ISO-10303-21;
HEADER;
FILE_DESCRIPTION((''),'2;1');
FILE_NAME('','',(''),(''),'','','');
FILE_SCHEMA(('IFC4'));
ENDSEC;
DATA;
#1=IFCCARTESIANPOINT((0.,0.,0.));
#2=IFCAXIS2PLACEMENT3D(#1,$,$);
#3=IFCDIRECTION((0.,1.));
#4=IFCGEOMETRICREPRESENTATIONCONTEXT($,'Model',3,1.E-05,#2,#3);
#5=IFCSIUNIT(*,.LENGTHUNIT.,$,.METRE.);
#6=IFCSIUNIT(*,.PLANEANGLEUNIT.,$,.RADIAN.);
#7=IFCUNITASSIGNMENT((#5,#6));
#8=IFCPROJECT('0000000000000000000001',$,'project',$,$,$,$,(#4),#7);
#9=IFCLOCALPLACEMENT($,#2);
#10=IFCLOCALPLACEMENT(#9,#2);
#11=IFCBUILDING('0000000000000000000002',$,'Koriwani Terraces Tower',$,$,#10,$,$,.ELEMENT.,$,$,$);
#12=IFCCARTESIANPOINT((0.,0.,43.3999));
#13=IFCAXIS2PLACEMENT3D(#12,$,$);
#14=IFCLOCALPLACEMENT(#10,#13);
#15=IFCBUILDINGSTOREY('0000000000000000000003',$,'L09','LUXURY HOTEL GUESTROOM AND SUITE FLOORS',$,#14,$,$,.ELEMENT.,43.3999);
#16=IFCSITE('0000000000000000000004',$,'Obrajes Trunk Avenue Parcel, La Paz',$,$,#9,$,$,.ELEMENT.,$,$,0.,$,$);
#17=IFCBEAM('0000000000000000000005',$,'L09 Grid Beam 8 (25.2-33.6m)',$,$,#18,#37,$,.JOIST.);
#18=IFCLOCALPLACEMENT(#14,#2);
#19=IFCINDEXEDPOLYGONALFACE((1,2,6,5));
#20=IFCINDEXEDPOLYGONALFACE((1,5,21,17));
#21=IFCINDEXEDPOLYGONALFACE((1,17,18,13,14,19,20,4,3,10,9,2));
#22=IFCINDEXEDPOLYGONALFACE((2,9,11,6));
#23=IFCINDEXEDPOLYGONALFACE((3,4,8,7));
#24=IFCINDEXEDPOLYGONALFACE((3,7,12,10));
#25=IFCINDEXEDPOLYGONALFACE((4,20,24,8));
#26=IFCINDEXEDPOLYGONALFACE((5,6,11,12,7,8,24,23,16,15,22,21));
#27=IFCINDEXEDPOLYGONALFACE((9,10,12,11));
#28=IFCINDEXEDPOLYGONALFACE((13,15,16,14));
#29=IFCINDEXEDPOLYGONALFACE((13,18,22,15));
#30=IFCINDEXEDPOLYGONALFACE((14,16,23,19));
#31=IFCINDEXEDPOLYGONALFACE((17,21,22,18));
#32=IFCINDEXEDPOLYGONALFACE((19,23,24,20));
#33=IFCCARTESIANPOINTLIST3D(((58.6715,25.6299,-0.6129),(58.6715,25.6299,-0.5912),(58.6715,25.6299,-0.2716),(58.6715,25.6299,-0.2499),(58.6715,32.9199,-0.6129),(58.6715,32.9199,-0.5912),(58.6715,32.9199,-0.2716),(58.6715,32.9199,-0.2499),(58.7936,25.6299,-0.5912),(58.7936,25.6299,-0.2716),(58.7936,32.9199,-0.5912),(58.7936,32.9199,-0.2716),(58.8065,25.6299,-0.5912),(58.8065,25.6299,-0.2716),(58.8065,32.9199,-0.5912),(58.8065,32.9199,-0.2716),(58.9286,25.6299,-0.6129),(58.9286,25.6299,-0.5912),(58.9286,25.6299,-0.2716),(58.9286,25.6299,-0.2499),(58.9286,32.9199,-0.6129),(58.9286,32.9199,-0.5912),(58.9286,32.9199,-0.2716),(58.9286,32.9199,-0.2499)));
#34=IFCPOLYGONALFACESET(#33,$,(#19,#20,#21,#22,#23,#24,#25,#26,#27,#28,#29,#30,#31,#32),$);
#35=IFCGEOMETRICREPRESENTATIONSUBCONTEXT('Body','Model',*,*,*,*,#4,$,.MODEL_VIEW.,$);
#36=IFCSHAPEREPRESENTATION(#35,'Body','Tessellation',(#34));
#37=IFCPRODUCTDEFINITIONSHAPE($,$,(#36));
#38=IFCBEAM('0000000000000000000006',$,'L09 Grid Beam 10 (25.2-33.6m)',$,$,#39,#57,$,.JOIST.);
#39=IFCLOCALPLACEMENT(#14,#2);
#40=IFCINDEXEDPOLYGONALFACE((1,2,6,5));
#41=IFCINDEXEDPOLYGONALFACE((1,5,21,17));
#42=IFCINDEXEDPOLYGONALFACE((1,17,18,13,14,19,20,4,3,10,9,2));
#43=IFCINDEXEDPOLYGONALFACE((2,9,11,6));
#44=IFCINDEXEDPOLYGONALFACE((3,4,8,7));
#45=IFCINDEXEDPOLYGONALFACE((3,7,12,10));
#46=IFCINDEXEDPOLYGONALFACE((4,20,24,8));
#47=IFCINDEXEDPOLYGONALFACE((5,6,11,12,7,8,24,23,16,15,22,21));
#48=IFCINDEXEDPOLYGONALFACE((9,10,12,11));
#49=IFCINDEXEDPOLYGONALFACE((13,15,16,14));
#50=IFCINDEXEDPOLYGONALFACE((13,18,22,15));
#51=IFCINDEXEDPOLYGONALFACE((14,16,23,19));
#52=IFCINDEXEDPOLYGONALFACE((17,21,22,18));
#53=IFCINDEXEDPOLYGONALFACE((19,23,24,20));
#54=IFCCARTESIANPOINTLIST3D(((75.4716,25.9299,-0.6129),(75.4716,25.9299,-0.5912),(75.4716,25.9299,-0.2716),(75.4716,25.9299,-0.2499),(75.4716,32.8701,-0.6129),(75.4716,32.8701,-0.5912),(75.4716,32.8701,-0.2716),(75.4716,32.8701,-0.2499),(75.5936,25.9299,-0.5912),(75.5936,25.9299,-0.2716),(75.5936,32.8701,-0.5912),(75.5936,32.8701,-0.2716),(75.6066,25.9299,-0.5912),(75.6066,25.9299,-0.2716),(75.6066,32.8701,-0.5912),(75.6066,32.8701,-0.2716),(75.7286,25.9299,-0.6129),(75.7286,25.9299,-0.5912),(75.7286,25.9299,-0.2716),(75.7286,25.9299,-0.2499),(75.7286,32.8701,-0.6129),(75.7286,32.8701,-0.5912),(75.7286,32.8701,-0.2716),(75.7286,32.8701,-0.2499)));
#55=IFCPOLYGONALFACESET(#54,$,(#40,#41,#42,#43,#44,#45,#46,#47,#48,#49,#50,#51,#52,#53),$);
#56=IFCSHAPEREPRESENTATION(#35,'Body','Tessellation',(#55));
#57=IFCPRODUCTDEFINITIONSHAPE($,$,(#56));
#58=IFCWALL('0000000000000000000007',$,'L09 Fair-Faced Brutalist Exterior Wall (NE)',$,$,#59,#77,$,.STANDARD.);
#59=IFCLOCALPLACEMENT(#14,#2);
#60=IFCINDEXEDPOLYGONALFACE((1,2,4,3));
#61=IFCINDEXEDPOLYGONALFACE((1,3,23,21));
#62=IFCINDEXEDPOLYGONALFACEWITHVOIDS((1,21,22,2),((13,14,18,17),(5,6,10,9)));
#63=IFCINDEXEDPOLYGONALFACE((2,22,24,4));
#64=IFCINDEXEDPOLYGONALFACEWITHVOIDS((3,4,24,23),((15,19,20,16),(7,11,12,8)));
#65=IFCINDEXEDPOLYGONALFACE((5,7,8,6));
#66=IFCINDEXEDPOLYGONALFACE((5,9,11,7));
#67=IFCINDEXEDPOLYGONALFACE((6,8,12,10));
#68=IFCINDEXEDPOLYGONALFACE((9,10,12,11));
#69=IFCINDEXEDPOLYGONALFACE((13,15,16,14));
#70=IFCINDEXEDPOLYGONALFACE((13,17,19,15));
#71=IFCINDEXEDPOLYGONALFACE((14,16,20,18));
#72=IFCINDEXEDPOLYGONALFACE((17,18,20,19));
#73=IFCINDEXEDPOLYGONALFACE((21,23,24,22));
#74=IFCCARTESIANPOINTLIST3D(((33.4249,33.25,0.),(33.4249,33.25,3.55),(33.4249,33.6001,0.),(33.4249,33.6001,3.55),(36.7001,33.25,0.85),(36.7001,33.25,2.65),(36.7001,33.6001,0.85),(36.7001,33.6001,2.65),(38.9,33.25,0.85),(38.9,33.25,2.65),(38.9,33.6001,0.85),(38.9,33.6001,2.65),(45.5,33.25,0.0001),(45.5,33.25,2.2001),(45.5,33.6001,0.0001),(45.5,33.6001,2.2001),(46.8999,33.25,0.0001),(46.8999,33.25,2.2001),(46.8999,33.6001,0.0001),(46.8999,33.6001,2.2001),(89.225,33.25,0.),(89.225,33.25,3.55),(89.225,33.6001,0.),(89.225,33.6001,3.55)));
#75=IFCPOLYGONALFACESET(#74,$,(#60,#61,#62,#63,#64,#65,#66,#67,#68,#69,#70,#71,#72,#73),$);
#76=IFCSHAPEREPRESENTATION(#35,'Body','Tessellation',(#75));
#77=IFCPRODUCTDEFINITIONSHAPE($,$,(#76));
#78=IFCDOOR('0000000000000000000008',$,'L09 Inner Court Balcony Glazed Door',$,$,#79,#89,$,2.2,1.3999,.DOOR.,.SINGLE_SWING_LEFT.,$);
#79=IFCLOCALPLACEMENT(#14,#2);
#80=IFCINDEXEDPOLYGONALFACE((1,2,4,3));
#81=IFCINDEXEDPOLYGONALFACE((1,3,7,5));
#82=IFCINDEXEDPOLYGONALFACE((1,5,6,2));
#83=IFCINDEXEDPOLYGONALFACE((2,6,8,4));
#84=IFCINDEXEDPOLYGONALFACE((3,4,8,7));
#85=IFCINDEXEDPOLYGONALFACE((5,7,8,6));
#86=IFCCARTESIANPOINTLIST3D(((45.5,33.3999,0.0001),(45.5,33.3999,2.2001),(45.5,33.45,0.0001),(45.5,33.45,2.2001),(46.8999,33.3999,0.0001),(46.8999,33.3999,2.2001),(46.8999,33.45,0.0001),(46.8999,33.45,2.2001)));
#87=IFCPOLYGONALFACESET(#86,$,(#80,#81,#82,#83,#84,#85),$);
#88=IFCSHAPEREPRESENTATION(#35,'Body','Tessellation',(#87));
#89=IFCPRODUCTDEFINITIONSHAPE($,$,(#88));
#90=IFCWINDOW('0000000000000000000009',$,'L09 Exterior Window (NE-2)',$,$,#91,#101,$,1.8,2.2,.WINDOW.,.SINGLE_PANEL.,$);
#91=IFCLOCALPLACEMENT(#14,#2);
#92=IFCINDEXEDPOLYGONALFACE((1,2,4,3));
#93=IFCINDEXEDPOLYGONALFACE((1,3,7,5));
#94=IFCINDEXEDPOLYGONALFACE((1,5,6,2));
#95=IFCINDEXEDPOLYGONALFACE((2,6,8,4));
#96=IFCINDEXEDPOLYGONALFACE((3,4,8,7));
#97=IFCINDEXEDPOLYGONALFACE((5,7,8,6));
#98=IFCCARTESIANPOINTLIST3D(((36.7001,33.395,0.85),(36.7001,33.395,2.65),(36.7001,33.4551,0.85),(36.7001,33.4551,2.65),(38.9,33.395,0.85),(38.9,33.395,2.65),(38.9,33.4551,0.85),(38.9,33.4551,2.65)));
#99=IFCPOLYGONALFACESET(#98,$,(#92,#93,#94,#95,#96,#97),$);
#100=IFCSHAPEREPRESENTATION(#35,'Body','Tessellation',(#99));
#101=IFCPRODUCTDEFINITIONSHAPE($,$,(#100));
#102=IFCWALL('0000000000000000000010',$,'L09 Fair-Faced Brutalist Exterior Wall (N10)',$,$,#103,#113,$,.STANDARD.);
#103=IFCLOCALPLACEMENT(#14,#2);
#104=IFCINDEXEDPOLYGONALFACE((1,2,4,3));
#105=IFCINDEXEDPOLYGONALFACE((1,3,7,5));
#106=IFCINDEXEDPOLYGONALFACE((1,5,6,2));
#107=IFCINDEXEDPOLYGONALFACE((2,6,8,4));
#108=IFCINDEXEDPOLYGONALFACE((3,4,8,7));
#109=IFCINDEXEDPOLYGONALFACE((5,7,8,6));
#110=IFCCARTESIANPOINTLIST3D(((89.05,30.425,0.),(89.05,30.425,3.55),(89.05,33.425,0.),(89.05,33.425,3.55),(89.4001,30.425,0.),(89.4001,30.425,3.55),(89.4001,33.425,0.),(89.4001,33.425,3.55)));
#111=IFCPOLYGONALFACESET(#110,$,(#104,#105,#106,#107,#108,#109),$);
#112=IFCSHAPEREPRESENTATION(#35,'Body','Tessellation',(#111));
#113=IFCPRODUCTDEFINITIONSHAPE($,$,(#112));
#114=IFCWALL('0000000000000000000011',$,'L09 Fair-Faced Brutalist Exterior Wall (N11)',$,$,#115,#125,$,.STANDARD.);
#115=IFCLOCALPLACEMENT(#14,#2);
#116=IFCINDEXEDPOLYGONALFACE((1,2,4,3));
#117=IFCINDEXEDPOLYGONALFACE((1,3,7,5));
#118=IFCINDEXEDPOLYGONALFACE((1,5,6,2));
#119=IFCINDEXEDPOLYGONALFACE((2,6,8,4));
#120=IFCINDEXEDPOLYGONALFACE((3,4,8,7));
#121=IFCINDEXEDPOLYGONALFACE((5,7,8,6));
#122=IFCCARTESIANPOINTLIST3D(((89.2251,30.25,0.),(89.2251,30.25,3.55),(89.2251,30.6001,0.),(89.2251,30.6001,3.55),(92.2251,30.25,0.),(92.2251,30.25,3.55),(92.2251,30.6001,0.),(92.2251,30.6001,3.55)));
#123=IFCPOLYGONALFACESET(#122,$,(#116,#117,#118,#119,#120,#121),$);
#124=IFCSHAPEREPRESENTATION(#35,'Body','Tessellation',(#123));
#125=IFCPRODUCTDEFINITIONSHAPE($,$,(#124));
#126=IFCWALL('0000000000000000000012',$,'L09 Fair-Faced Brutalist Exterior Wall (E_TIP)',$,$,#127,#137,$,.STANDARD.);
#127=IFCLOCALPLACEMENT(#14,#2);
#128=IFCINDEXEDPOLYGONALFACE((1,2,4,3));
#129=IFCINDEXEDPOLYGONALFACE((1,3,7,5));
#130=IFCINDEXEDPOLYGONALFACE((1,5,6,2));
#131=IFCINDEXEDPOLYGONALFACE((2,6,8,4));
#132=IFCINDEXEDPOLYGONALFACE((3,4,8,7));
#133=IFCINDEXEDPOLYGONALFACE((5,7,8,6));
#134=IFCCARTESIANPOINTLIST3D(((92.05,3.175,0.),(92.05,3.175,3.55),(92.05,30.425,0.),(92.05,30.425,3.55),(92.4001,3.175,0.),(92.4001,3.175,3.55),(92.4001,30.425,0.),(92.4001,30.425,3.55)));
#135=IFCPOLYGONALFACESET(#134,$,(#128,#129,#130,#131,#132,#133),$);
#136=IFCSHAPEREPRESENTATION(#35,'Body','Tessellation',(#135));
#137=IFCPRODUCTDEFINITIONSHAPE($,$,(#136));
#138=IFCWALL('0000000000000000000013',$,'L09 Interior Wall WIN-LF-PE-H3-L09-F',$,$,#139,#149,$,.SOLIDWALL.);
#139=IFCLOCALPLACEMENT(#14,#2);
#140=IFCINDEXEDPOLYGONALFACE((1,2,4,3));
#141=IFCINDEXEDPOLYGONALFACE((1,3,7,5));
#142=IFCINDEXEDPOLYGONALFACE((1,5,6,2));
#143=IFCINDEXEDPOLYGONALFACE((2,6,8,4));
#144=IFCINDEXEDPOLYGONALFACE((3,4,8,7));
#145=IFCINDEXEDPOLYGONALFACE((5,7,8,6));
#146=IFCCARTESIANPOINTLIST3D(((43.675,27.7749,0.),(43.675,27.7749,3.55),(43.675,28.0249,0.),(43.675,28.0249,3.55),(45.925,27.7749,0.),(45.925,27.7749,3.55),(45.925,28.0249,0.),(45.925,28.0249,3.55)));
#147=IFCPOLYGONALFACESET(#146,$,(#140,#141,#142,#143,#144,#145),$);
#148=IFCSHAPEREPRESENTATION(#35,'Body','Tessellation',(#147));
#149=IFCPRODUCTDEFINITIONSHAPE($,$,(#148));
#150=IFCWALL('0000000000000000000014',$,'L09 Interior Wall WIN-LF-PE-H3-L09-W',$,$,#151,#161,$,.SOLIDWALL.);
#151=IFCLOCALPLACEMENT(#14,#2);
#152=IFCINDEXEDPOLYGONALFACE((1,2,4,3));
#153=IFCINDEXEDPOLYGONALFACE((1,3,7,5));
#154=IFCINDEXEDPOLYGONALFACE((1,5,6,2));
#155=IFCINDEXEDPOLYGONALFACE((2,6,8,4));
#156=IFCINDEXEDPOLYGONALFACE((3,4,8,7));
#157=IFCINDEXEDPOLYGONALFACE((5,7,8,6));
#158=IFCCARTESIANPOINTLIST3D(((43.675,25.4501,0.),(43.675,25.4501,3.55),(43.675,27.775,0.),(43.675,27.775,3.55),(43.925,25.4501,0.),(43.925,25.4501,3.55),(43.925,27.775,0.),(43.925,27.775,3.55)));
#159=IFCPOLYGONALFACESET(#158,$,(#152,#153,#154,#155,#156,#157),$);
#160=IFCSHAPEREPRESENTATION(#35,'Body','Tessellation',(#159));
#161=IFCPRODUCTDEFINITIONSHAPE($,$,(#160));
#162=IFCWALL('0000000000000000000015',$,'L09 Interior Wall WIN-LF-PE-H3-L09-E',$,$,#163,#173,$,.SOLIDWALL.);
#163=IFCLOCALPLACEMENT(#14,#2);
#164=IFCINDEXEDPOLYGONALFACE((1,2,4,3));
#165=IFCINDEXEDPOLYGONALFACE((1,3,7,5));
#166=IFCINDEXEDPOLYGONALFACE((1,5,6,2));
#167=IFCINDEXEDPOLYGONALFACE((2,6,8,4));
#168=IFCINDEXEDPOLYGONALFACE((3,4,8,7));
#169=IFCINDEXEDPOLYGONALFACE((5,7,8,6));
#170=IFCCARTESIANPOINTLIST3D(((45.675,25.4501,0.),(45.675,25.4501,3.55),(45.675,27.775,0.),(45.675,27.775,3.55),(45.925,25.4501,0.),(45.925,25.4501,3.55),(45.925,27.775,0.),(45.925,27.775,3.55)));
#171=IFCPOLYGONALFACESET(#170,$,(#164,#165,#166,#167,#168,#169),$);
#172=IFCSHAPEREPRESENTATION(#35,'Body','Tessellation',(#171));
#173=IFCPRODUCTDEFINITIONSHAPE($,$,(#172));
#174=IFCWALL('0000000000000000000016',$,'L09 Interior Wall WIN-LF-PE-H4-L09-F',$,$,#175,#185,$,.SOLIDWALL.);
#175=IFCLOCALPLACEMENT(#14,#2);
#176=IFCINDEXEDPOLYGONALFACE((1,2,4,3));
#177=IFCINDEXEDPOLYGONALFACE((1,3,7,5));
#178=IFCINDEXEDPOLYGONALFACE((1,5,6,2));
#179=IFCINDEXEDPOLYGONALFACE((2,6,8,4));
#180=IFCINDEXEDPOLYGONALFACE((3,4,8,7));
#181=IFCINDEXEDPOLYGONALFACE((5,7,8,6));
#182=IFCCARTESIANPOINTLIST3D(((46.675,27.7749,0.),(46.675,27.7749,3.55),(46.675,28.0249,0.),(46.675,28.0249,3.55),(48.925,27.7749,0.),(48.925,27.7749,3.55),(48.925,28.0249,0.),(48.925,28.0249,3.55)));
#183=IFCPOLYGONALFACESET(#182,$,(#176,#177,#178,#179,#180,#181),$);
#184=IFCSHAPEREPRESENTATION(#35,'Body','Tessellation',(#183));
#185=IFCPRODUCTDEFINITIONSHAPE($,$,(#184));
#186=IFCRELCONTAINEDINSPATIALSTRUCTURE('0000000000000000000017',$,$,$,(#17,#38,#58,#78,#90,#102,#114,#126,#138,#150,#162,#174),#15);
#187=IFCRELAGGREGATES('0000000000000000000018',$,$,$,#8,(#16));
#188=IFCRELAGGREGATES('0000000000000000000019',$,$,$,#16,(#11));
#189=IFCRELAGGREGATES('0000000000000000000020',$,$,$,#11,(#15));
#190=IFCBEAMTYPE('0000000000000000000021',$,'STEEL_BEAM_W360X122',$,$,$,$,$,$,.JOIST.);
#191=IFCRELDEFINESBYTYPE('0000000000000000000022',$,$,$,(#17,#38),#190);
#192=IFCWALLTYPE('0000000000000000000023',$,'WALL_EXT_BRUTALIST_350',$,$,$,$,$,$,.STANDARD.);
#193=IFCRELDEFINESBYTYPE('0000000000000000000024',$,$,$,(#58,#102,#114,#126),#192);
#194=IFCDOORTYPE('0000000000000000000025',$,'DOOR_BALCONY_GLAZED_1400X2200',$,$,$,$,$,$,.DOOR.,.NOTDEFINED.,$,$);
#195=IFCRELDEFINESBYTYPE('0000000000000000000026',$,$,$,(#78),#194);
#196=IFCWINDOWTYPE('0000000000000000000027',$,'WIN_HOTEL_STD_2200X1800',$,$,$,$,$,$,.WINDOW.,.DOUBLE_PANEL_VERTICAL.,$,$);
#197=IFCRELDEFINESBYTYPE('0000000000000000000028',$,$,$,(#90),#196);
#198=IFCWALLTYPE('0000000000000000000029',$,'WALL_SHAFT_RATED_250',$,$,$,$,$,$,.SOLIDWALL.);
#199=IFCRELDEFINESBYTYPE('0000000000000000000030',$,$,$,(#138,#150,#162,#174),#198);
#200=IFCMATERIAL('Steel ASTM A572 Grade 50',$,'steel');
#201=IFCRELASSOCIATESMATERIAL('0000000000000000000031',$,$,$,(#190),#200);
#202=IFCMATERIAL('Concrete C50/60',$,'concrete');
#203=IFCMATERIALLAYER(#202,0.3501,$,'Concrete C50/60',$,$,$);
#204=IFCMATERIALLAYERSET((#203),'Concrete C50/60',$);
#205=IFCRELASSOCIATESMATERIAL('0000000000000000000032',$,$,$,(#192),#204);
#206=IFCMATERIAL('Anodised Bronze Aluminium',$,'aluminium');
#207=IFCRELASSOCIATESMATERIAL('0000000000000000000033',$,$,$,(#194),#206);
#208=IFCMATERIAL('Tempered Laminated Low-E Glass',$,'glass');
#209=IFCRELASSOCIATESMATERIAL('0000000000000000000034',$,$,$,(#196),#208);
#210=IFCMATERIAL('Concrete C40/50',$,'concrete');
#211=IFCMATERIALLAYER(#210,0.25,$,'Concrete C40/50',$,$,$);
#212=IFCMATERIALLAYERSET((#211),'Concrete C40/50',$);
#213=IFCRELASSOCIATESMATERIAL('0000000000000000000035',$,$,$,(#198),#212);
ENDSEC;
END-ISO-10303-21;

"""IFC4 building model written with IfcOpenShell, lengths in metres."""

from ifc_helpers import new_model, si_unit, direction, frame, frame_2d, origin, origin_2d, place, context, subcontext, project, spatial, rectangle, i_section, extrude, material, layer, layer_set, material_profile, profile_set, type_object, element, fill, save


model = new_model("IFC4")

# Units and contexts
model_context = context("Model", 3, precision=1e-05, world=origin(), true_north=direction((0.0, 1.0)))
body_context = subcontext(model_context, "Body", "Model", "MODEL_VIEW")
ifc_project = project(units=[si_unit("LENGTHUNIT", "METRE"), si_unit("PLANEANGLEUNIT", "RADIAN")], contexts=[model_context])

# Site, building, storey
site_placement = place(None, origin())
site = spatial("IfcSite", under=ifc_project, at=site_placement, Name="Obrajes Trunk Avenue Parcel, La Paz", CompositionType="ELEMENT", RefElevation=0.0)
building_placement = place(site_placement, origin())
building = spatial("IfcBuilding", under=site, at=building_placement, Name="Koriwani Terraces Tower", CompositionType="ELEMENT")
storey_placement = place(building_placement, frame((0.0, 0.0, 43.3999)))
storey = spatial("IfcBuildingStorey", under=building, at=storey_placement, Name="L09", Description="LUXURY HOTEL GUESTROOM AND SUITE FLOORS", CompositionType="ELEMENT", Elevation=43.3999)

# Beams
ifc_material_1 = material(Name="Concrete C50/60", Category="concrete")
ifc_material_2 = material(Name="Steel ASTM A572 Grade 50", Category="steel")
ifc_material_profile_1 = material_profile(ifc_material_2, i_section(OverallWidth=0.2571, OverallDepth=0.363, WebThickness=0.0129, FlangeThickness=0.0217, at=origin_2d()), Name="Steel ASTM A572 Grade 50", Category="LoadBearing")
ifc_profile_set_1 = profile_set([ifc_material_profile_1], Name="Steel ASTM A572 Grade 50")
beam_type_1 = type_object("IfcBeamType", Name="STEEL_BEAM_W360X122", PredefinedType="JOIST", material=ifc_profile_set_1)
for number, where, z_axis, x_axis, name in (
    (1, (58.8, 25.6299, -0.4314), (0.0, 1.0, 0.0), (-1.0, 0.0, 0.0), "L09 Grid Beam 8 (25.2-33.6m)"),
):
    element("IfcBeam", number, at=place(storey_placement, frame(where, z_axis=z_axis, x_axis=x_axis)), inside=storey, type_object=beam_type_1, Name=name, PredefinedType="JOIST", context=body_context, shape_type="SweptSolid", body=[
        extrude(i_section(OverallWidth=0.2571, OverallDepth=0.363, WebThickness=0.0129, FlangeThickness=0.0217, at=origin_2d()), origin(), (0.0, 0.0, 1.0), 7.29),
    ])
beam_1_placement = place(storey_placement, frame((75.6001, 25.9299, -0.4314), z_axis=(0.0, 1.0, 0.0), x_axis=(-1.0, 0.0, 0.0)))
element("IfcBeam", 2, at=beam_1_placement, inside=storey, type_object=beam_type_1, Name="L09 Grid Beam 10 (25.2-33.6m)", PredefinedType="JOIST", context=body_context, shape_type="SweptSolid", body=[
    extrude(i_section(OverallWidth=0.2571, OverallDepth=0.363, WebThickness=0.0129, FlangeThickness=0.0217, at=origin_2d()), origin(), (0.0, 0.0, 1.0), 6.9402),
])

# Wall, openings, door, window
ifc_layer_1 = layer(ifc_material_1, 0.3501, Name="Concrete C50/60")
ifc_layer_set_1 = layer_set([ifc_layer_1], Name="Concrete C50/60")
wall_type_1 = type_object("IfcWallType", Name="WALL_EXT_BRUTALIST_350", PredefinedType="STANDARD", material=ifc_layer_set_1)
wall_1_placement = place(storey_placement, frame((33.425, 33.425, 0.0), z_axis=(0.0, 0.0, 1.0), x_axis=(1.0, 0.0, 0.0)))
wall_1 = element("IfcWall", 3, at=wall_1_placement, inside=storey, type_object=wall_type_1, Name="L09 Fair-Faced Brutalist Exterior Wall (NE)", PredefinedType="STANDARD", context=body_context, shape_type="SweptSolid", body=[
    extrude(rectangle(XDim=55.8, YDim=0.3501, at=frame_2d((27.8999, 0.0))), origin(), (0.0, 0.0, 1.0), 3.55),
])
opening_1_placement = place(wall_1_placement, frame((12.075, 0.0, 0.0)))
opening_1 = element("IfcOpeningElement", 4, at=opening_1_placement, cuts=wall_1, PredefinedType="OPENING", context=body_context, shape_type="SweptSolid", body=[
    extrude(rectangle(XDim=1.3999, YDim=2.2, at=frame_2d((0.7, 1.1001))), frame((0.0, 0.1851, 0.0), z_axis=(0.0, -1.0, 0.0), x_axis=(1.0, 0.0, 0.0)), (0.0, 0.0, 1.0), 0.3701),
])
opening_2_placement = place(wall_1_placement, frame((3.2749, 0.0, 0.8501)))
opening_2 = element("IfcOpeningElement", 5, at=opening_2_placement, cuts=wall_1, PredefinedType="OPENING", context=body_context, shape_type="SweptSolid", body=[
    extrude(rectangle(XDim=2.2, YDim=1.8, at=frame_2d((1.1001, 0.8999))), frame((0.0, 0.1851, 0.0), z_axis=(0.0, -1.0, 0.0), x_axis=(1.0, 0.0, 0.0)), (0.0, 0.0, 1.0), 0.3701),
])
ifc_material_3 = material(Name="Anodised Bronze Aluminium", Category="aluminium")
door_type = type_object("IfcDoorType", Name="DOOR_BALCONY_GLAZED_1400X2200", OperationType="NOTDEFINED", PredefinedType="DOOR", material=ifc_material_3)
door_placement = place(opening_1_placement, origin())
door = element("IfcDoor", 6, at=door_placement, inside=storey, type_object=door_type, Name="L09 Inner Court Balcony Glazed Door", OperationType="SINGLE_SWING_LEFT", OverallHeight=2.2, OverallWidth=1.3999, PredefinedType="DOOR", context=body_context, shape_type="SweptSolid", body=[
    extrude(rectangle(XDim=1.3999, YDim=2.2, at=frame_2d((0.7, 1.1001))), frame((0.0, 0.0249, 0.0), z_axis=(0.0, -1.0, 0.0), x_axis=(1.0, 0.0, 0.0)), (0.0, 0.0, 1.0), 0.05),
])
fill(opening_1, door)
ifc_material_4 = material(Name="Tempered Laminated Low-E Glass", Category="glass")
window_type = type_object("IfcWindowType", Name="WIN_HOTEL_STD_2200X1800", PartitioningType="DOUBLE_PANEL_VERTICAL", PredefinedType="WINDOW", material=ifc_material_4)
window_placement = place(opening_2_placement, origin())
window = element("IfcWindow", 7, at=window_placement, inside=storey, type_object=window_type, Name="L09 Exterior Window (NE-2)", OverallHeight=1.8, OverallWidth=2.2, PartitioningType="SINGLE_PANEL", PredefinedType="WINDOW", context=body_context, shape_type="SweptSolid", body=[
    extrude(rectangle(XDim=2.2, YDim=1.8, at=frame_2d((1.1001, 0.8999))), frame((0.0, 0.03, 0.0), z_axis=(0.0, -1.0, 0.0), x_axis=(1.0, 0.0, 0.0)), (0.0, 0.0, 1.0), 0.0601),
])
fill(opening_2, window)

# Walls
for number, where, z_axis, x_axis, name in (
    (8, (89.2251, 33.425, 0.0), (0.0, 0.0, 1.0), (0.0, -1.0, 0.0), "L09 Fair-Faced Brutalist Exterior Wall (N10)"),
    (9, (89.2251, 30.425, 0.0), (0.0, 0.0, 1.0), (1.0, 0.0, 0.0), "L09 Fair-Faced Brutalist Exterior Wall (N11)"),
):
    element("IfcWall", number, at=place(storey_placement, frame(where, z_axis=z_axis, x_axis=x_axis)), inside=storey, type_object=wall_type_1, Name=name, PredefinedType="STANDARD", context=body_context, shape_type="SweptSolid", body=[
        extrude(rectangle(XDim=3.0, YDim=0.3501, at=frame_2d((1.5, 0.0))), origin(), (0.0, 0.0, 1.0), 3.55),
    ])
wall_2_placement = place(storey_placement, frame((92.2251, 30.425, 0.0), z_axis=(0.0, 0.0, 1.0), x_axis=(0.0, -1.0, 0.0)))
element("IfcWall", 10, at=wall_2_placement, inside=storey, type_object=wall_type_1, Name="L09 Fair-Faced Brutalist Exterior Wall (E_TIP)", PredefinedType="STANDARD", context=body_context, shape_type="SweptSolid", body=[
    extrude(rectangle(XDim=27.25, YDim=0.3501, at=frame_2d((13.625, 0.0))), origin(), (0.0, 0.0, 1.0), 3.55),
])
ifc_material_5 = material(Name="Concrete C40/50", Category="concrete")
ifc_layer_2 = layer(ifc_material_5, 0.25, Name="Concrete C40/50")
ifc_layer_set_2 = layer_set([ifc_layer_2], Name="Concrete C40/50")
wall_type_2 = type_object("IfcWallType", Name="WALL_SHAFT_RATED_250", PredefinedType="SOLIDWALL", material=ifc_layer_set_2)
wall_3_placement = place(storey_placement, frame((43.675, 27.8999, 0.0), z_axis=(0.0, 0.0, 1.0), x_axis=(1.0, 0.0, 0.0)))
element("IfcWall", 11, at=wall_3_placement, inside=storey, type_object=wall_type_2, Name="L09 Interior Wall WIN-LF-PE-H3-L09-F", PredefinedType="SOLIDWALL", context=body_context, shape_type="SweptSolid", body=[
    extrude(rectangle(XDim=2.25, YDim=0.25, at=frame_2d((1.125, 0.0))), origin(), (0.0, 0.0, 1.0), 3.55),
])
for number, where, z_axis, x_axis, name in (
    (12, (43.8, 25.45, 0.0), (0.0, 0.0, 1.0), (0.0, 1.0, 0.0), "L09 Interior Wall WIN-LF-PE-H3-L09-W"),
    (13, (45.8, 25.45, 0.0), (0.0, 0.0, 1.0), (0.0, 1.0, 0.0), "L09 Interior Wall WIN-LF-PE-H3-L09-E"),
):
    element("IfcWall", number, at=place(storey_placement, frame(where, z_axis=z_axis, x_axis=x_axis)), inside=storey, type_object=wall_type_2, Name=name, PredefinedType="SOLIDWALL", context=body_context, shape_type="SweptSolid", body=[
        extrude(rectangle(XDim=2.325, YDim=0.25, at=frame_2d((1.1626, 0.0))), origin(), (0.0, 0.0, 1.0), 3.55),
    ])
wall_4_placement = place(storey_placement, frame((46.675, 27.8999, 0.0), z_axis=(0.0, 0.0, 1.0), x_axis=(1.0, 0.0, 0.0)))
element("IfcWall", 14, at=wall_4_placement, inside=storey, type_object=wall_type_2, Name="L09 Interior Wall WIN-LF-PE-H4-L09-F", PredefinedType="SOLIDWALL", context=body_context, shape_type="SweptSolid", body=[
    extrude(rectangle(XDim=2.25, YDim=0.25, at=frame_2d((1.125, 0.0))), origin(), (0.0, 0.0, 1.0), 3.55),
])

save(model, "model.ifc")
